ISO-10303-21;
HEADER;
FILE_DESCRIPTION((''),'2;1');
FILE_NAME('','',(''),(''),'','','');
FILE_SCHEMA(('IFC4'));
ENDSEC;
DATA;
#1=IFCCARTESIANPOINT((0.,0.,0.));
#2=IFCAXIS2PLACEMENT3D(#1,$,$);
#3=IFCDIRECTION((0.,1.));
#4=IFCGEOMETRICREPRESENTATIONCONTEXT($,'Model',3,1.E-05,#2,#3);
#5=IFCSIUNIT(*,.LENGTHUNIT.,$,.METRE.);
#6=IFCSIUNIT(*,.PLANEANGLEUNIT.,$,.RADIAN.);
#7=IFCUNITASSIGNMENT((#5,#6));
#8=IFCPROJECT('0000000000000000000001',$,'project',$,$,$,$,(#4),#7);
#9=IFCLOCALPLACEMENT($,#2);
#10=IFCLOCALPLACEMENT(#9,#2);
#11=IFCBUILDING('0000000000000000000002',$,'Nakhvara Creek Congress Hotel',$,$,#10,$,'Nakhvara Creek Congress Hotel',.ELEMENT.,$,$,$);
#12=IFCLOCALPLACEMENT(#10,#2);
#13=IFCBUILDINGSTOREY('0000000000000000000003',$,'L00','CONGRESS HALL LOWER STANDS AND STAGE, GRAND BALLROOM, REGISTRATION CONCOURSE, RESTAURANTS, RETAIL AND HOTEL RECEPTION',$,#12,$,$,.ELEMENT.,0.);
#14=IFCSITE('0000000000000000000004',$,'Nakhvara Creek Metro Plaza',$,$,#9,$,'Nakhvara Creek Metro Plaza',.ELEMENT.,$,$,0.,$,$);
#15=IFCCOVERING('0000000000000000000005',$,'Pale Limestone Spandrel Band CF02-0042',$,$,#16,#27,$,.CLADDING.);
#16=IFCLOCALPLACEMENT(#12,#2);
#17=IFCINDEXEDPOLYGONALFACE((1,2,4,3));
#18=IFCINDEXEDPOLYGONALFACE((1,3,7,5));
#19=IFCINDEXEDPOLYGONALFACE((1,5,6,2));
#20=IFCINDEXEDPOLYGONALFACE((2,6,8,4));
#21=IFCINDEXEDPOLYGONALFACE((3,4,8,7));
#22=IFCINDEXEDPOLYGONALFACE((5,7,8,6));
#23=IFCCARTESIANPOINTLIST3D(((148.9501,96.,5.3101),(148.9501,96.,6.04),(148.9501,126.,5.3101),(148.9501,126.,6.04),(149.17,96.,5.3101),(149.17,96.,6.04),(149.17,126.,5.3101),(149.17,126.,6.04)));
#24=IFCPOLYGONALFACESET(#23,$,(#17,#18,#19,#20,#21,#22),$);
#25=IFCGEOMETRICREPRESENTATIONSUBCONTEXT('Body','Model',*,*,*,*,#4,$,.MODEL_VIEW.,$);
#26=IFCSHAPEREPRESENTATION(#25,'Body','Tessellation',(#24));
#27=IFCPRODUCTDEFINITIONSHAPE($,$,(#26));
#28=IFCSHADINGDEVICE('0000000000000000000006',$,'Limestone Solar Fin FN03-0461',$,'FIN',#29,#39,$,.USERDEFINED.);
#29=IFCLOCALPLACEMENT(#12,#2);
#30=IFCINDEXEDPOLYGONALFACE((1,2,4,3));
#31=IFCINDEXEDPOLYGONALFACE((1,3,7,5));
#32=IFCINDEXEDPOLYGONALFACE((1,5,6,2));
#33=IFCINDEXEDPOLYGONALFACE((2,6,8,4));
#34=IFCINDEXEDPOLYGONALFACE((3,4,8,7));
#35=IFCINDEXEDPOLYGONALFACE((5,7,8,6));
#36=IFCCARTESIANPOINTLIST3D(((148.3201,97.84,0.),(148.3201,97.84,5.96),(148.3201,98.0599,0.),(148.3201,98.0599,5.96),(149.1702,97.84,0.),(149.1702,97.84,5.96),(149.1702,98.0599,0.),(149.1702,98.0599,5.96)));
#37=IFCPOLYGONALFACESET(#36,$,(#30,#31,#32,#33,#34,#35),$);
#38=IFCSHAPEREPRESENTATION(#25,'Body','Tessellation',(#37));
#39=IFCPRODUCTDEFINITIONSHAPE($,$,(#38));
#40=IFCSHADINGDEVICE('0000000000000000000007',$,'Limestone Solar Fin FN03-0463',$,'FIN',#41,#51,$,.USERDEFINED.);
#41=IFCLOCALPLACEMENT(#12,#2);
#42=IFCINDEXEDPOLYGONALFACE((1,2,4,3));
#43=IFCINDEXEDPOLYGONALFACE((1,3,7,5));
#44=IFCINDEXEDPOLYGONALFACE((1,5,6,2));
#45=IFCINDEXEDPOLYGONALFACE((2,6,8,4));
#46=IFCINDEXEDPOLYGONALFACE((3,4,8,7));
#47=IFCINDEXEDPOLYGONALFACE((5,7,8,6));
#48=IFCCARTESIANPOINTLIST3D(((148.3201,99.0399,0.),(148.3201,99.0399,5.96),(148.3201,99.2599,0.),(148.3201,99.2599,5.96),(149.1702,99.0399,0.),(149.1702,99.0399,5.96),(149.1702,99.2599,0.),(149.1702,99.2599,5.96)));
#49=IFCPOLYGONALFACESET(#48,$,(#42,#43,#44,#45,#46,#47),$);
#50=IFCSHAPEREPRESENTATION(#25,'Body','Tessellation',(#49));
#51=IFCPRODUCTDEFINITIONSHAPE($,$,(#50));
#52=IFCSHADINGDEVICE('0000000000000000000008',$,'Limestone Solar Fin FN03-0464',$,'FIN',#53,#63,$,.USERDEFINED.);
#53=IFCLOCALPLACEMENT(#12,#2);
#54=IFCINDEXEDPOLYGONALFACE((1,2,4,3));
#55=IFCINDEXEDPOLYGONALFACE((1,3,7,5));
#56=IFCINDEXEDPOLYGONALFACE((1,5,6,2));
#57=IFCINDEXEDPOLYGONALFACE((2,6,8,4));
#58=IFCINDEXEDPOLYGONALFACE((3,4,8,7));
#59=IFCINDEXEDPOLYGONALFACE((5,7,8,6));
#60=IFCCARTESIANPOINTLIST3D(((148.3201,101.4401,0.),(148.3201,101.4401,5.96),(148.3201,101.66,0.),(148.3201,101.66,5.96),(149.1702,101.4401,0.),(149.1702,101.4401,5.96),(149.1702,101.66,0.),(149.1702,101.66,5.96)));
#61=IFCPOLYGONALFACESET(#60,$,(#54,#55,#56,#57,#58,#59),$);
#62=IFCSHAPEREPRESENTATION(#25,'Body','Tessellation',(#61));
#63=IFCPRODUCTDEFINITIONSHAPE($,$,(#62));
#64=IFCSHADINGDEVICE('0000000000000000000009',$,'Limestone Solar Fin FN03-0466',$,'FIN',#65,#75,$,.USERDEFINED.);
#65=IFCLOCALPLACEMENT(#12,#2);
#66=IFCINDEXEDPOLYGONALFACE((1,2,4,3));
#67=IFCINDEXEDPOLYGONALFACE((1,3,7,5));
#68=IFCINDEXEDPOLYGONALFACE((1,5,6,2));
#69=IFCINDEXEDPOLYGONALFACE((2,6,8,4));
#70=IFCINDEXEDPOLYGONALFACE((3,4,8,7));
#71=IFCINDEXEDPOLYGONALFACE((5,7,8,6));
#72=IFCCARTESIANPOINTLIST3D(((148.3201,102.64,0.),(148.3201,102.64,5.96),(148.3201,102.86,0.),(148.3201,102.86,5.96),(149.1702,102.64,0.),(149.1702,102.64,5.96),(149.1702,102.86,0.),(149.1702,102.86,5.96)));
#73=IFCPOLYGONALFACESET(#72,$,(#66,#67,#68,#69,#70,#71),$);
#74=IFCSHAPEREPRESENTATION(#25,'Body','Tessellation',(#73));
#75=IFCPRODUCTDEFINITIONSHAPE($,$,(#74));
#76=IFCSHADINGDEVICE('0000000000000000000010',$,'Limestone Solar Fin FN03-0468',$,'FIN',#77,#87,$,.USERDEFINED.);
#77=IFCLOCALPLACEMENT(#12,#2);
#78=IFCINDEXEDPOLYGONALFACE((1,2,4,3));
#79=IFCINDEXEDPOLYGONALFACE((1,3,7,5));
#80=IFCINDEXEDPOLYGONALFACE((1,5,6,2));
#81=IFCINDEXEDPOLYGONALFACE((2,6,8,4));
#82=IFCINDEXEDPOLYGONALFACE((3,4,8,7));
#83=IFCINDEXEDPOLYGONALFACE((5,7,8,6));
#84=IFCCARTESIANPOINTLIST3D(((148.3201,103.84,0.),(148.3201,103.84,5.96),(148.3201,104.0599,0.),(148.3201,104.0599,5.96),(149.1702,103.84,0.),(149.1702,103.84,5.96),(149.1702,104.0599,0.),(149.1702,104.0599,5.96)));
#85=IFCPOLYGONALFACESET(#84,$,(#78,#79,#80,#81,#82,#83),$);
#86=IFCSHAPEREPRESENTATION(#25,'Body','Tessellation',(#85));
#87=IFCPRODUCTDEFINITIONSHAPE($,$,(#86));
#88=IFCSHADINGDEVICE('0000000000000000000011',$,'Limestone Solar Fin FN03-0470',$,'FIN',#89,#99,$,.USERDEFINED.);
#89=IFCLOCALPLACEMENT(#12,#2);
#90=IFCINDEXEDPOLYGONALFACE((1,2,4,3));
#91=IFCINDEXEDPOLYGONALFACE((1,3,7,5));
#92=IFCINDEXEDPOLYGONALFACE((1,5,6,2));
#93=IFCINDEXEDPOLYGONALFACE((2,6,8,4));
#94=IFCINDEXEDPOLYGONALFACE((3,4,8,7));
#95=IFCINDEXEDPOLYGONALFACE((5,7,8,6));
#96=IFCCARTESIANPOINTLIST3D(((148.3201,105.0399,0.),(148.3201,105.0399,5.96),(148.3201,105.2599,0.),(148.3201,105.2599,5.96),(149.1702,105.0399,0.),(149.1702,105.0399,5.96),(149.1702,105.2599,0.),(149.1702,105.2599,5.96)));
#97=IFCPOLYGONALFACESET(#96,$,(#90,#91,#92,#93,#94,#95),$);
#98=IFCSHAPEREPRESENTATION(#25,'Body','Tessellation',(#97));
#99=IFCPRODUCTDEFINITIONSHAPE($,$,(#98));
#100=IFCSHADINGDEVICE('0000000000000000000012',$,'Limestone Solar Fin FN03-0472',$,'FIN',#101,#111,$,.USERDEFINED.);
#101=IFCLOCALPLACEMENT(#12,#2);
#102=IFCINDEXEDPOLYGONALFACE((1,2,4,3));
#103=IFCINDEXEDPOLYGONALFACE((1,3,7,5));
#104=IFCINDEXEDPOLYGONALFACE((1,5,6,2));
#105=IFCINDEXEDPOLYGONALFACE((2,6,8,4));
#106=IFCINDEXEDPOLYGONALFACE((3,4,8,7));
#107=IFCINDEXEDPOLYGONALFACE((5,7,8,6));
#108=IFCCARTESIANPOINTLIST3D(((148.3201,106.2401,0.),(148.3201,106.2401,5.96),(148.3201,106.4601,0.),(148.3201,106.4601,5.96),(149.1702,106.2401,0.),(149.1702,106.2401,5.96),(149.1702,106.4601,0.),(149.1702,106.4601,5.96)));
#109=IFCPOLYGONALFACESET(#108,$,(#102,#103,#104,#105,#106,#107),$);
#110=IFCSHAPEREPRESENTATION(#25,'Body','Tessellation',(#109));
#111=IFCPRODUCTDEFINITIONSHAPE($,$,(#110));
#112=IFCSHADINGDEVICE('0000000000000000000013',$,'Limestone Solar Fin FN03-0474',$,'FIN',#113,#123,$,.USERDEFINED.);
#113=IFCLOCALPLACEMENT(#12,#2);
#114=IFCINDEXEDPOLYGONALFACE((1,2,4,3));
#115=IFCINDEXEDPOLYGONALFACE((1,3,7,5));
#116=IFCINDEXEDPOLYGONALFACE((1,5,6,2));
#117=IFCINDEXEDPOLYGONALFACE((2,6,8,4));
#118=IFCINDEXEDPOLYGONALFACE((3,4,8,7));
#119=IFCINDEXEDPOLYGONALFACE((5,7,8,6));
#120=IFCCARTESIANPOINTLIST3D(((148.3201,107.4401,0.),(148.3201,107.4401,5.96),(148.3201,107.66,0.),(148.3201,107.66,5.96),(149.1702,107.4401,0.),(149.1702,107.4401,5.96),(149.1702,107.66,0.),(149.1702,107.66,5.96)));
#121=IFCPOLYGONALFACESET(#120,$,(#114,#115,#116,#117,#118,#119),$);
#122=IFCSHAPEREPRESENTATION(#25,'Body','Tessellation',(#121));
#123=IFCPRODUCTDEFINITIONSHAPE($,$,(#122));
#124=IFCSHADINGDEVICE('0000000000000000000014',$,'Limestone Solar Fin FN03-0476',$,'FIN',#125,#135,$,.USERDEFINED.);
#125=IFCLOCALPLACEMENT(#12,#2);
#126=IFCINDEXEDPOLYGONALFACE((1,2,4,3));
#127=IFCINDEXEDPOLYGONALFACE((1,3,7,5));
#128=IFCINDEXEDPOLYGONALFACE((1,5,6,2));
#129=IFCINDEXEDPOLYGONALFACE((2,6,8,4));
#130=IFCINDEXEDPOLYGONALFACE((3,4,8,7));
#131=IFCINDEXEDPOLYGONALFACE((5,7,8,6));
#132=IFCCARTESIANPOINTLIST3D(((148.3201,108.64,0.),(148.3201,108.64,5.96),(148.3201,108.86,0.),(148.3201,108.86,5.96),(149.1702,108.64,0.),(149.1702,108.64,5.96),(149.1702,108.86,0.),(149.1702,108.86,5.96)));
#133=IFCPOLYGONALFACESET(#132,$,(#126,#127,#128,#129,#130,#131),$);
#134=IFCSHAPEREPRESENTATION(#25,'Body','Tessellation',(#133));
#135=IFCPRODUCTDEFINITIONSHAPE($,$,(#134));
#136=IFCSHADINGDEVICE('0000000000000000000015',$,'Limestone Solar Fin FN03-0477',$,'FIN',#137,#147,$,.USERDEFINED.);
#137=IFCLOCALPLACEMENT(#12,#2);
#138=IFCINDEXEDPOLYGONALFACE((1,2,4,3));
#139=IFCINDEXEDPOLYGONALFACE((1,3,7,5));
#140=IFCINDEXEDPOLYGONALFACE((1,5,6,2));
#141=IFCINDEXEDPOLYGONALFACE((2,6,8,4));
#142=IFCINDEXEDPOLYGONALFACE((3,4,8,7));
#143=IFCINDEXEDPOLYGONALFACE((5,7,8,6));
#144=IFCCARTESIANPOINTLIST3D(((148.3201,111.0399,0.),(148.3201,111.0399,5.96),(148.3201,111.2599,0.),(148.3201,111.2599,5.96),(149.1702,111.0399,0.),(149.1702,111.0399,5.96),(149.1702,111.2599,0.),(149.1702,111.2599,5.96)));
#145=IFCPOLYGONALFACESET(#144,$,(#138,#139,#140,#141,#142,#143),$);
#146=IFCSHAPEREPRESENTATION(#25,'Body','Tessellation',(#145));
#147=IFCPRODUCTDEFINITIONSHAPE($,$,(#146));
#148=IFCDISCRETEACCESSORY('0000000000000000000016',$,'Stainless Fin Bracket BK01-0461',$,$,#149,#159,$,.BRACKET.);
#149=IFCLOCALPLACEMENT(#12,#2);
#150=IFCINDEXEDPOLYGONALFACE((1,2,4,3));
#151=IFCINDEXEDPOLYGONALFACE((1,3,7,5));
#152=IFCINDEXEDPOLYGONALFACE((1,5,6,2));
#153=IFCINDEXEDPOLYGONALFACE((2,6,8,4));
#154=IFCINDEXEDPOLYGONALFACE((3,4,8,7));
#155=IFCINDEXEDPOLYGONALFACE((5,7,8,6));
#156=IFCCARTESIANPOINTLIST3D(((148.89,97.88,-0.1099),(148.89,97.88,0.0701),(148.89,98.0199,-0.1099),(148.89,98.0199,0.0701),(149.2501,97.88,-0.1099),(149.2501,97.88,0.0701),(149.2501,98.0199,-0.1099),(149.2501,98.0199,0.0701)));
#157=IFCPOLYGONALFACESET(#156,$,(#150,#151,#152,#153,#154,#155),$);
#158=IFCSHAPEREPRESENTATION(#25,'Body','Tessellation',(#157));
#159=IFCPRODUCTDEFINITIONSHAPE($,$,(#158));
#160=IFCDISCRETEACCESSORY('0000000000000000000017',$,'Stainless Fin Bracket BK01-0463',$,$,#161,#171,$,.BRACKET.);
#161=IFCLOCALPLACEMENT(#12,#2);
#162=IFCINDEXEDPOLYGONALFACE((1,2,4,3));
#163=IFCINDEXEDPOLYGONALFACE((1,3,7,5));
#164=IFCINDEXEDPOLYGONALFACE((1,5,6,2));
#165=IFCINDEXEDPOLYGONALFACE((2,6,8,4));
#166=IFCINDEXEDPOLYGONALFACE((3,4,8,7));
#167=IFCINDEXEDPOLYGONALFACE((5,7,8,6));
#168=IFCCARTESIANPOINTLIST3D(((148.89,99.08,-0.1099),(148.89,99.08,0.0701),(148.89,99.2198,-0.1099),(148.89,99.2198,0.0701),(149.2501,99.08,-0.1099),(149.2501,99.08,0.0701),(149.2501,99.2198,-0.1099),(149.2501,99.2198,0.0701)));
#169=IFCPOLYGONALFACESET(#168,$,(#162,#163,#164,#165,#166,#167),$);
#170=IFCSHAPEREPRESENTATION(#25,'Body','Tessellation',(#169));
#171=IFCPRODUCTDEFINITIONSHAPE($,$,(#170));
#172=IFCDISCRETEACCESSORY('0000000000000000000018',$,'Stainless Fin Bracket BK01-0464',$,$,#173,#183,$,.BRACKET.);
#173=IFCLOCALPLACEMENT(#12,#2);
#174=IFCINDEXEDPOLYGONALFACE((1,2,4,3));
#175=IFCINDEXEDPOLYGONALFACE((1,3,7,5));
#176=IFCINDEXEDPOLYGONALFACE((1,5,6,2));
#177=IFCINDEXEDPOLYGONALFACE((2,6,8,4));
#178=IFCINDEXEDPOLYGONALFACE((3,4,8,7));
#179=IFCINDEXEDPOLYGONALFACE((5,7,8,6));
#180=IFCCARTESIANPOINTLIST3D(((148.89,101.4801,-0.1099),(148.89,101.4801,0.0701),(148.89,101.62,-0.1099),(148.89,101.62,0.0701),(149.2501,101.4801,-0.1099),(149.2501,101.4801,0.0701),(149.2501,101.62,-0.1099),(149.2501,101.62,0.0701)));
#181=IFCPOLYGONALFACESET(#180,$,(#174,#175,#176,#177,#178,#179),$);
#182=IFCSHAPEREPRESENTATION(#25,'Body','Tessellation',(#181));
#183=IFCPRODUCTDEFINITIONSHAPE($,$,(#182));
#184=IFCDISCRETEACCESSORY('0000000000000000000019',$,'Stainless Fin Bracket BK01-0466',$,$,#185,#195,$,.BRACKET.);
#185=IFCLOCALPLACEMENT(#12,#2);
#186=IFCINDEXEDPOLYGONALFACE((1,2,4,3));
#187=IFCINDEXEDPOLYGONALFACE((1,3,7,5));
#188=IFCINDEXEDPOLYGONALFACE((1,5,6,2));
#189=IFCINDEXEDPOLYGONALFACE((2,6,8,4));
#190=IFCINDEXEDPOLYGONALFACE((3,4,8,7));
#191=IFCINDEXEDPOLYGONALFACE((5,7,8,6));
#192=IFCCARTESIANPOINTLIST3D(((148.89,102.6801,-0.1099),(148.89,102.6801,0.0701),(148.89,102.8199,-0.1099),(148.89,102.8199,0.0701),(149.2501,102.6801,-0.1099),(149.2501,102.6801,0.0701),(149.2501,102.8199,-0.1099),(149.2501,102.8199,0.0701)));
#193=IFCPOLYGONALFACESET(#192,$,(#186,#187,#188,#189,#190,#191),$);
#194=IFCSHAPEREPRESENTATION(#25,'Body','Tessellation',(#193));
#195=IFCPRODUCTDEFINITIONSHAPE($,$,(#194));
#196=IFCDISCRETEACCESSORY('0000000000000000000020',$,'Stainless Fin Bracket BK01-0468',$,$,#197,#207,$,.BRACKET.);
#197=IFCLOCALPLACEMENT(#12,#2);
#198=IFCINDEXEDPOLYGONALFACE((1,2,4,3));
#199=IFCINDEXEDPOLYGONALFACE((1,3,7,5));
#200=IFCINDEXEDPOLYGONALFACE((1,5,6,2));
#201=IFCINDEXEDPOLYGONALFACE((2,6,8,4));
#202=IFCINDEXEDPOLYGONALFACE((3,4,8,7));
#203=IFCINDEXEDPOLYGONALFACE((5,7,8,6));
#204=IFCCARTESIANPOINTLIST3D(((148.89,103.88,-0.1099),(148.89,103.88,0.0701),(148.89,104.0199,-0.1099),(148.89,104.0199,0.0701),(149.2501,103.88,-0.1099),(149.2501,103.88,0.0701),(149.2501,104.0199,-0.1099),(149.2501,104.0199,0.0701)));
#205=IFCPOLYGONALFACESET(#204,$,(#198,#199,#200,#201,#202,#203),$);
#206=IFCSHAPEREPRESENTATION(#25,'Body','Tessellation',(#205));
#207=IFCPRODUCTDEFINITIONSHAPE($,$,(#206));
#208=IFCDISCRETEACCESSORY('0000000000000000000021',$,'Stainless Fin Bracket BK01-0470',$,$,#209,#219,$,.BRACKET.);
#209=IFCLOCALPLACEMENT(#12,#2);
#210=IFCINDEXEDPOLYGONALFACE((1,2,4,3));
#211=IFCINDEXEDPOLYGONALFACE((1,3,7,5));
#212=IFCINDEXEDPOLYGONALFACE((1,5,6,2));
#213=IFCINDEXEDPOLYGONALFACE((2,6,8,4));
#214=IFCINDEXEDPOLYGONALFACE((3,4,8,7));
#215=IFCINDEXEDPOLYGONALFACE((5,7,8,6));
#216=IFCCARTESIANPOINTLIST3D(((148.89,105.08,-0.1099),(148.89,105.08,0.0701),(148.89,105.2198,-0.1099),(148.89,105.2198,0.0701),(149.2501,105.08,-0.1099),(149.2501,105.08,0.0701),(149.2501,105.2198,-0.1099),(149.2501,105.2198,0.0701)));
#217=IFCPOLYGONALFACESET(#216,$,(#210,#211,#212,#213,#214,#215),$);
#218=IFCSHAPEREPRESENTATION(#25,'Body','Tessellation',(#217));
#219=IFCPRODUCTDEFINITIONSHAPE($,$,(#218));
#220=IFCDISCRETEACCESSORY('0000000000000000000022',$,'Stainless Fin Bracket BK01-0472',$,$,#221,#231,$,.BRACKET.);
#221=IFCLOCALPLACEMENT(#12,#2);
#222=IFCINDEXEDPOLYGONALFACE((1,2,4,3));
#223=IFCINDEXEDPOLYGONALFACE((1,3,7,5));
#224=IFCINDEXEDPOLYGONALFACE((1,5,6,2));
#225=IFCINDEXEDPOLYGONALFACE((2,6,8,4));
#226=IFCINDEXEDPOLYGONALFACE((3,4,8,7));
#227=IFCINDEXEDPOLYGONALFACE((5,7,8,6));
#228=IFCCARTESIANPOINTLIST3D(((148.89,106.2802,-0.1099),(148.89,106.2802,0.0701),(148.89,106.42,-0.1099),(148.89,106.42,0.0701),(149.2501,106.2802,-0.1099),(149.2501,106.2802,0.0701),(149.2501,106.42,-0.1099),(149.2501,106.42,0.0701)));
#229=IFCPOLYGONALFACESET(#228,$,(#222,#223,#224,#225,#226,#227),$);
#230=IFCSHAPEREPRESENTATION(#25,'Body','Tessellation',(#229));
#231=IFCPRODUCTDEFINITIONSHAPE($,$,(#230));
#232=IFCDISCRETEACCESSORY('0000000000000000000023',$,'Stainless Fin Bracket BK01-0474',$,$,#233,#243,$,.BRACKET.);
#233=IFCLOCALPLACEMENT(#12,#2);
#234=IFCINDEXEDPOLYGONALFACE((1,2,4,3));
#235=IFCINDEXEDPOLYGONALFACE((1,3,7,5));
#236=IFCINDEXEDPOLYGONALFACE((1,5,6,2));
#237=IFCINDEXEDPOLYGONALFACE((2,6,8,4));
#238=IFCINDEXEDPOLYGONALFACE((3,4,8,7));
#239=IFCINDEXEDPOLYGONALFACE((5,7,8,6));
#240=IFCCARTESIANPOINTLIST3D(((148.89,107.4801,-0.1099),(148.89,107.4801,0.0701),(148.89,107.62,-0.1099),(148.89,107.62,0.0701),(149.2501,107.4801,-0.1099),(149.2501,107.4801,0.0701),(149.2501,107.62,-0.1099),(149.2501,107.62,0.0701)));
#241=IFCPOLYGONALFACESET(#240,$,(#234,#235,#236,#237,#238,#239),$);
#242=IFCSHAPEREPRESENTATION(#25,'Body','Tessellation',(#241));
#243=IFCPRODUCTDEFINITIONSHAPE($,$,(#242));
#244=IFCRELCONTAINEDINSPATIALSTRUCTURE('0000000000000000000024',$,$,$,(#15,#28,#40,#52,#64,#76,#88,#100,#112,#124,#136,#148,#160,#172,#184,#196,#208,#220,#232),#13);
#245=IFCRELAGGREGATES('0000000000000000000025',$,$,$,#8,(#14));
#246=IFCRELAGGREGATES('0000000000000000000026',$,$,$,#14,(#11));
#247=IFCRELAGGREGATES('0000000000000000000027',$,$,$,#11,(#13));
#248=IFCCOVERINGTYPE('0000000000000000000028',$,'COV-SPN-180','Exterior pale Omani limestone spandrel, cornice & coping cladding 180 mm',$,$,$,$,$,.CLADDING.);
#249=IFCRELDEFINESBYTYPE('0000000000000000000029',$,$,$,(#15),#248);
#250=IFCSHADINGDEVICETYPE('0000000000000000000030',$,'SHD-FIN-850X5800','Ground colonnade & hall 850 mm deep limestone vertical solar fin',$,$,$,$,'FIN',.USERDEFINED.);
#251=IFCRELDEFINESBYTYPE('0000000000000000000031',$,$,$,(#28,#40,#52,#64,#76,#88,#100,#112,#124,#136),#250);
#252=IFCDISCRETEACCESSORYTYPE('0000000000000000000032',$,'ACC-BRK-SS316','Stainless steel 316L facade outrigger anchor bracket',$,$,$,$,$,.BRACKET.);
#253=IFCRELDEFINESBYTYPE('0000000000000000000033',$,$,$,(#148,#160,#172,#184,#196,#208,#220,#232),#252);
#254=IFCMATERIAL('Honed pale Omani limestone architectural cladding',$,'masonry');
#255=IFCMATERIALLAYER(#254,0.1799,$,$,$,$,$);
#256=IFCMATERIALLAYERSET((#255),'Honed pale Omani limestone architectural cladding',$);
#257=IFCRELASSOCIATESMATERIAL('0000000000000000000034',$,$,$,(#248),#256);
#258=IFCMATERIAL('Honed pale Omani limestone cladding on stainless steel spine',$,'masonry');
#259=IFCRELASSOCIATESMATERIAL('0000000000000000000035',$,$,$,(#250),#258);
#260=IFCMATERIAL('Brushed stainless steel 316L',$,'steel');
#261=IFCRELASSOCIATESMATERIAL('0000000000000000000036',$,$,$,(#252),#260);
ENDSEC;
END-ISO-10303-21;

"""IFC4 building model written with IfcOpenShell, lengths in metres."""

from ifc_helpers import new_model, si_unit, direction, frame, origin, origin_2d, place, context, subcontext, project, spatial, rectangle, extrude, material, layer, layer_set, type_object, element, save


model = new_model("IFC4")

# Units and contexts
model_context = context("Model", 3, precision=1e-05, world=origin(), true_north=direction((0.0, 1.0)))
body_context = subcontext(model_context, "Body", "Model", "MODEL_VIEW")
ifc_project = project(units=[si_unit("LENGTHUNIT", "METRE"), si_unit("PLANEANGLEUNIT", "RADIAN")], contexts=[model_context])

# Site, building, storey
site_placement = place(None, origin())
site = spatial("IfcSite", under=ifc_project, at=site_placement, Name="Nakhvara Creek Metro Plaza", LongName="Nakhvara Creek Metro Plaza", CompositionType="ELEMENT", RefElevation=0.0)
building_placement = place(site_placement, origin())
building = spatial("IfcBuilding", under=site, at=building_placement, Name="Nakhvara Creek Congress Hotel", LongName="Nakhvara Creek Congress Hotel", CompositionType="ELEMENT")
storey_placement = place(building_placement, origin())
storey = spatial("IfcBuildingStorey", under=building, at=storey_placement, Name="L00", Description="CONGRESS HALL LOWER STANDS AND STAGE, GRAND BALLROOM, REGISTRATION CONCOURSE, RESTAURANTS, RETAIL AND HOTEL RECEPTION", CompositionType="ELEMENT", Elevation=0.0)

# Covering
ifc_material_1 = material(Name="Honed pale Omani limestone architectural cladding", Category="masonry")
ifc_layer_1 = layer(ifc_material_1, 0.1799)
ifc_layer_set_1 = layer_set([ifc_layer_1], Name="Honed pale Omani limestone architectural cladding")
covering_type_1 = type_object("IfcCoveringType", Name="COV-SPN-180", Description="Exterior pale Omani limestone spandrel, cornice & coping cladding 180 mm", PredefinedType="CLADDING", material=ifc_layer_set_1)
covering_placement = place(storey_placement, frame((149.0601, 111.0, 5.3101), z_axis=(0.0, 0.0, 1.0), x_axis=(0.0, 1.0, 0.0)))
element("IfcCovering", 1, at=covering_placement, inside=storey, type_object=covering_type_1, Name="Pale Limestone Spandrel Band CF02-0042", PredefinedType="CLADDING", context=body_context, shape_type="SweptSolid", body=[
    extrude(rectangle(XDim=30.0, YDim=0.22, at=origin_2d()), origin(), (0.0, 0.0, 1.0), 0.73),
])

# Shading devices
ifc_material_2 = material(Name="Honed pale Omani limestone cladding on stainless steel spine", Category="masonry")
shading_device_type = type_object("IfcShadingDeviceType", Name="SHD-FIN-850X5800", Description="Ground colonnade & hall 850 mm deep limestone vertical solar fin", ElementType="FIN", PredefinedType="USERDEFINED", material=ifc_material_2)
for number, where, z_axis, x_axis, name in (
    (2, (148.7451, 97.95, 0.0), (0.0, 0.0, 1.0), (0.0, 1.0, 0.0), "Limestone Solar Fin FN03-0461"),
    (3, (148.7451, 99.1499, 0.0), (0.0, 0.0, 1.0), (0.0, 1.0, 0.0), "Limestone Solar Fin FN03-0463"),
    (4, (148.7451, 101.55, 0.0), (0.0, 0.0, 1.0), (0.0, 1.0, 0.0), "Limestone Solar Fin FN03-0464"),
    (5, (148.7451, 102.75, 0.0), (0.0, 0.0, 1.0), (0.0, 1.0, 0.0), "Limestone Solar Fin FN03-0466"),
    (6, (148.7451, 103.95, 0.0), (0.0, 0.0, 1.0), (0.0, 1.0, 0.0), "Limestone Solar Fin FN03-0468"),
    (7, (148.7451, 105.1499, 0.0), (0.0, 0.0, 1.0), (0.0, 1.0, 0.0), "Limestone Solar Fin FN03-0470"),
    (8, (148.7451, 106.3501, 0.0), (0.0, 0.0, 1.0), (0.0, 1.0, 0.0), "Limestone Solar Fin FN03-0472"),
    (9, (148.7451, 107.55, 0.0), (0.0, 0.0, 1.0), (0.0, 1.0, 0.0), "Limestone Solar Fin FN03-0474"),
    (10, (148.7451, 108.75, 0.0), (0.0, 0.0, 1.0), (0.0, 1.0, 0.0), "Limestone Solar Fin FN03-0476"),
    (11, (148.7451, 111.1499, 0.0), (0.0, 0.0, 1.0), (0.0, 1.0, 0.0), "Limestone Solar Fin FN03-0477"),
):
    element("IfcShadingDevice", number, at=place(storey_placement, frame(where, z_axis=z_axis, x_axis=x_axis)), inside=storey, type_object=shading_device_type, Name=name, ObjectType="FIN", PredefinedType="USERDEFINED", context=body_context, shape_type="SweptSolid", body=[
        extrude(rectangle(XDim=0.22, YDim=0.8501, at=origin_2d()), origin(), (0.0, 0.0, 1.0), 5.96),
    ])

# Discrete accessories
ifc_material_3 = material(Name="Brushed stainless steel 316L", Category="steel")
discrete_accessory_type = type_object("IfcDiscreteAccessoryType", Name="ACC-BRK-SS316", Description="Stainless steel 316L facade outrigger anchor bracket", PredefinedType="BRACKET", material=ifc_material_3)
for number, where, z_axis, x_axis, name in (
    (12, (149.0701, 97.95, -0.1099), (0.0, 0.0, 1.0), (0.0, 1.0, 0.0), "Stainless Fin Bracket BK01-0461"),
    (13, (149.0701, 99.1499, -0.1099), (0.0, 0.0, 1.0), (0.0, 1.0, 0.0), "Stainless Fin Bracket BK01-0463"),
    (14, (149.0701, 101.55, -0.1099), (0.0, 0.0, 1.0), (0.0, 1.0, 0.0), "Stainless Fin Bracket BK01-0464"),
    (15, (149.0701, 102.75, -0.1099), (0.0, 0.0, 1.0), (0.0, 1.0, 0.0), "Stainless Fin Bracket BK01-0466"),
    (16, (149.0701, 103.95, -0.1099), (0.0, 0.0, 1.0), (0.0, 1.0, 0.0), "Stainless Fin Bracket BK01-0468"),
    (17, (149.0701, 105.1499, -0.1099), (0.0, 0.0, 1.0), (0.0, 1.0, 0.0), "Stainless Fin Bracket BK01-0470"),
    (18, (149.0701, 106.3501, -0.1099), (0.0, 0.0, 1.0), (0.0, 1.0, 0.0), "Stainless Fin Bracket BK01-0472"),
    (19, (149.0701, 107.55, -0.1099), (0.0, 0.0, 1.0), (0.0, 1.0, 0.0), "Stainless Fin Bracket BK01-0474"),
):
    element("IfcDiscreteAccessory", number, at=place(storey_placement, frame(where, z_axis=z_axis, x_axis=x_axis)), inside=storey, type_object=discrete_accessory_type, Name=name, PredefinedType="BRACKET", context=body_context, shape_type="SweptSolid", body=[
        extrude(rectangle(XDim=0.1399, YDim=0.3601, at=origin_2d()), origin(), (0.0, 0.0, 1.0), 0.1799),
    ])

save(model, "model.ifc")
